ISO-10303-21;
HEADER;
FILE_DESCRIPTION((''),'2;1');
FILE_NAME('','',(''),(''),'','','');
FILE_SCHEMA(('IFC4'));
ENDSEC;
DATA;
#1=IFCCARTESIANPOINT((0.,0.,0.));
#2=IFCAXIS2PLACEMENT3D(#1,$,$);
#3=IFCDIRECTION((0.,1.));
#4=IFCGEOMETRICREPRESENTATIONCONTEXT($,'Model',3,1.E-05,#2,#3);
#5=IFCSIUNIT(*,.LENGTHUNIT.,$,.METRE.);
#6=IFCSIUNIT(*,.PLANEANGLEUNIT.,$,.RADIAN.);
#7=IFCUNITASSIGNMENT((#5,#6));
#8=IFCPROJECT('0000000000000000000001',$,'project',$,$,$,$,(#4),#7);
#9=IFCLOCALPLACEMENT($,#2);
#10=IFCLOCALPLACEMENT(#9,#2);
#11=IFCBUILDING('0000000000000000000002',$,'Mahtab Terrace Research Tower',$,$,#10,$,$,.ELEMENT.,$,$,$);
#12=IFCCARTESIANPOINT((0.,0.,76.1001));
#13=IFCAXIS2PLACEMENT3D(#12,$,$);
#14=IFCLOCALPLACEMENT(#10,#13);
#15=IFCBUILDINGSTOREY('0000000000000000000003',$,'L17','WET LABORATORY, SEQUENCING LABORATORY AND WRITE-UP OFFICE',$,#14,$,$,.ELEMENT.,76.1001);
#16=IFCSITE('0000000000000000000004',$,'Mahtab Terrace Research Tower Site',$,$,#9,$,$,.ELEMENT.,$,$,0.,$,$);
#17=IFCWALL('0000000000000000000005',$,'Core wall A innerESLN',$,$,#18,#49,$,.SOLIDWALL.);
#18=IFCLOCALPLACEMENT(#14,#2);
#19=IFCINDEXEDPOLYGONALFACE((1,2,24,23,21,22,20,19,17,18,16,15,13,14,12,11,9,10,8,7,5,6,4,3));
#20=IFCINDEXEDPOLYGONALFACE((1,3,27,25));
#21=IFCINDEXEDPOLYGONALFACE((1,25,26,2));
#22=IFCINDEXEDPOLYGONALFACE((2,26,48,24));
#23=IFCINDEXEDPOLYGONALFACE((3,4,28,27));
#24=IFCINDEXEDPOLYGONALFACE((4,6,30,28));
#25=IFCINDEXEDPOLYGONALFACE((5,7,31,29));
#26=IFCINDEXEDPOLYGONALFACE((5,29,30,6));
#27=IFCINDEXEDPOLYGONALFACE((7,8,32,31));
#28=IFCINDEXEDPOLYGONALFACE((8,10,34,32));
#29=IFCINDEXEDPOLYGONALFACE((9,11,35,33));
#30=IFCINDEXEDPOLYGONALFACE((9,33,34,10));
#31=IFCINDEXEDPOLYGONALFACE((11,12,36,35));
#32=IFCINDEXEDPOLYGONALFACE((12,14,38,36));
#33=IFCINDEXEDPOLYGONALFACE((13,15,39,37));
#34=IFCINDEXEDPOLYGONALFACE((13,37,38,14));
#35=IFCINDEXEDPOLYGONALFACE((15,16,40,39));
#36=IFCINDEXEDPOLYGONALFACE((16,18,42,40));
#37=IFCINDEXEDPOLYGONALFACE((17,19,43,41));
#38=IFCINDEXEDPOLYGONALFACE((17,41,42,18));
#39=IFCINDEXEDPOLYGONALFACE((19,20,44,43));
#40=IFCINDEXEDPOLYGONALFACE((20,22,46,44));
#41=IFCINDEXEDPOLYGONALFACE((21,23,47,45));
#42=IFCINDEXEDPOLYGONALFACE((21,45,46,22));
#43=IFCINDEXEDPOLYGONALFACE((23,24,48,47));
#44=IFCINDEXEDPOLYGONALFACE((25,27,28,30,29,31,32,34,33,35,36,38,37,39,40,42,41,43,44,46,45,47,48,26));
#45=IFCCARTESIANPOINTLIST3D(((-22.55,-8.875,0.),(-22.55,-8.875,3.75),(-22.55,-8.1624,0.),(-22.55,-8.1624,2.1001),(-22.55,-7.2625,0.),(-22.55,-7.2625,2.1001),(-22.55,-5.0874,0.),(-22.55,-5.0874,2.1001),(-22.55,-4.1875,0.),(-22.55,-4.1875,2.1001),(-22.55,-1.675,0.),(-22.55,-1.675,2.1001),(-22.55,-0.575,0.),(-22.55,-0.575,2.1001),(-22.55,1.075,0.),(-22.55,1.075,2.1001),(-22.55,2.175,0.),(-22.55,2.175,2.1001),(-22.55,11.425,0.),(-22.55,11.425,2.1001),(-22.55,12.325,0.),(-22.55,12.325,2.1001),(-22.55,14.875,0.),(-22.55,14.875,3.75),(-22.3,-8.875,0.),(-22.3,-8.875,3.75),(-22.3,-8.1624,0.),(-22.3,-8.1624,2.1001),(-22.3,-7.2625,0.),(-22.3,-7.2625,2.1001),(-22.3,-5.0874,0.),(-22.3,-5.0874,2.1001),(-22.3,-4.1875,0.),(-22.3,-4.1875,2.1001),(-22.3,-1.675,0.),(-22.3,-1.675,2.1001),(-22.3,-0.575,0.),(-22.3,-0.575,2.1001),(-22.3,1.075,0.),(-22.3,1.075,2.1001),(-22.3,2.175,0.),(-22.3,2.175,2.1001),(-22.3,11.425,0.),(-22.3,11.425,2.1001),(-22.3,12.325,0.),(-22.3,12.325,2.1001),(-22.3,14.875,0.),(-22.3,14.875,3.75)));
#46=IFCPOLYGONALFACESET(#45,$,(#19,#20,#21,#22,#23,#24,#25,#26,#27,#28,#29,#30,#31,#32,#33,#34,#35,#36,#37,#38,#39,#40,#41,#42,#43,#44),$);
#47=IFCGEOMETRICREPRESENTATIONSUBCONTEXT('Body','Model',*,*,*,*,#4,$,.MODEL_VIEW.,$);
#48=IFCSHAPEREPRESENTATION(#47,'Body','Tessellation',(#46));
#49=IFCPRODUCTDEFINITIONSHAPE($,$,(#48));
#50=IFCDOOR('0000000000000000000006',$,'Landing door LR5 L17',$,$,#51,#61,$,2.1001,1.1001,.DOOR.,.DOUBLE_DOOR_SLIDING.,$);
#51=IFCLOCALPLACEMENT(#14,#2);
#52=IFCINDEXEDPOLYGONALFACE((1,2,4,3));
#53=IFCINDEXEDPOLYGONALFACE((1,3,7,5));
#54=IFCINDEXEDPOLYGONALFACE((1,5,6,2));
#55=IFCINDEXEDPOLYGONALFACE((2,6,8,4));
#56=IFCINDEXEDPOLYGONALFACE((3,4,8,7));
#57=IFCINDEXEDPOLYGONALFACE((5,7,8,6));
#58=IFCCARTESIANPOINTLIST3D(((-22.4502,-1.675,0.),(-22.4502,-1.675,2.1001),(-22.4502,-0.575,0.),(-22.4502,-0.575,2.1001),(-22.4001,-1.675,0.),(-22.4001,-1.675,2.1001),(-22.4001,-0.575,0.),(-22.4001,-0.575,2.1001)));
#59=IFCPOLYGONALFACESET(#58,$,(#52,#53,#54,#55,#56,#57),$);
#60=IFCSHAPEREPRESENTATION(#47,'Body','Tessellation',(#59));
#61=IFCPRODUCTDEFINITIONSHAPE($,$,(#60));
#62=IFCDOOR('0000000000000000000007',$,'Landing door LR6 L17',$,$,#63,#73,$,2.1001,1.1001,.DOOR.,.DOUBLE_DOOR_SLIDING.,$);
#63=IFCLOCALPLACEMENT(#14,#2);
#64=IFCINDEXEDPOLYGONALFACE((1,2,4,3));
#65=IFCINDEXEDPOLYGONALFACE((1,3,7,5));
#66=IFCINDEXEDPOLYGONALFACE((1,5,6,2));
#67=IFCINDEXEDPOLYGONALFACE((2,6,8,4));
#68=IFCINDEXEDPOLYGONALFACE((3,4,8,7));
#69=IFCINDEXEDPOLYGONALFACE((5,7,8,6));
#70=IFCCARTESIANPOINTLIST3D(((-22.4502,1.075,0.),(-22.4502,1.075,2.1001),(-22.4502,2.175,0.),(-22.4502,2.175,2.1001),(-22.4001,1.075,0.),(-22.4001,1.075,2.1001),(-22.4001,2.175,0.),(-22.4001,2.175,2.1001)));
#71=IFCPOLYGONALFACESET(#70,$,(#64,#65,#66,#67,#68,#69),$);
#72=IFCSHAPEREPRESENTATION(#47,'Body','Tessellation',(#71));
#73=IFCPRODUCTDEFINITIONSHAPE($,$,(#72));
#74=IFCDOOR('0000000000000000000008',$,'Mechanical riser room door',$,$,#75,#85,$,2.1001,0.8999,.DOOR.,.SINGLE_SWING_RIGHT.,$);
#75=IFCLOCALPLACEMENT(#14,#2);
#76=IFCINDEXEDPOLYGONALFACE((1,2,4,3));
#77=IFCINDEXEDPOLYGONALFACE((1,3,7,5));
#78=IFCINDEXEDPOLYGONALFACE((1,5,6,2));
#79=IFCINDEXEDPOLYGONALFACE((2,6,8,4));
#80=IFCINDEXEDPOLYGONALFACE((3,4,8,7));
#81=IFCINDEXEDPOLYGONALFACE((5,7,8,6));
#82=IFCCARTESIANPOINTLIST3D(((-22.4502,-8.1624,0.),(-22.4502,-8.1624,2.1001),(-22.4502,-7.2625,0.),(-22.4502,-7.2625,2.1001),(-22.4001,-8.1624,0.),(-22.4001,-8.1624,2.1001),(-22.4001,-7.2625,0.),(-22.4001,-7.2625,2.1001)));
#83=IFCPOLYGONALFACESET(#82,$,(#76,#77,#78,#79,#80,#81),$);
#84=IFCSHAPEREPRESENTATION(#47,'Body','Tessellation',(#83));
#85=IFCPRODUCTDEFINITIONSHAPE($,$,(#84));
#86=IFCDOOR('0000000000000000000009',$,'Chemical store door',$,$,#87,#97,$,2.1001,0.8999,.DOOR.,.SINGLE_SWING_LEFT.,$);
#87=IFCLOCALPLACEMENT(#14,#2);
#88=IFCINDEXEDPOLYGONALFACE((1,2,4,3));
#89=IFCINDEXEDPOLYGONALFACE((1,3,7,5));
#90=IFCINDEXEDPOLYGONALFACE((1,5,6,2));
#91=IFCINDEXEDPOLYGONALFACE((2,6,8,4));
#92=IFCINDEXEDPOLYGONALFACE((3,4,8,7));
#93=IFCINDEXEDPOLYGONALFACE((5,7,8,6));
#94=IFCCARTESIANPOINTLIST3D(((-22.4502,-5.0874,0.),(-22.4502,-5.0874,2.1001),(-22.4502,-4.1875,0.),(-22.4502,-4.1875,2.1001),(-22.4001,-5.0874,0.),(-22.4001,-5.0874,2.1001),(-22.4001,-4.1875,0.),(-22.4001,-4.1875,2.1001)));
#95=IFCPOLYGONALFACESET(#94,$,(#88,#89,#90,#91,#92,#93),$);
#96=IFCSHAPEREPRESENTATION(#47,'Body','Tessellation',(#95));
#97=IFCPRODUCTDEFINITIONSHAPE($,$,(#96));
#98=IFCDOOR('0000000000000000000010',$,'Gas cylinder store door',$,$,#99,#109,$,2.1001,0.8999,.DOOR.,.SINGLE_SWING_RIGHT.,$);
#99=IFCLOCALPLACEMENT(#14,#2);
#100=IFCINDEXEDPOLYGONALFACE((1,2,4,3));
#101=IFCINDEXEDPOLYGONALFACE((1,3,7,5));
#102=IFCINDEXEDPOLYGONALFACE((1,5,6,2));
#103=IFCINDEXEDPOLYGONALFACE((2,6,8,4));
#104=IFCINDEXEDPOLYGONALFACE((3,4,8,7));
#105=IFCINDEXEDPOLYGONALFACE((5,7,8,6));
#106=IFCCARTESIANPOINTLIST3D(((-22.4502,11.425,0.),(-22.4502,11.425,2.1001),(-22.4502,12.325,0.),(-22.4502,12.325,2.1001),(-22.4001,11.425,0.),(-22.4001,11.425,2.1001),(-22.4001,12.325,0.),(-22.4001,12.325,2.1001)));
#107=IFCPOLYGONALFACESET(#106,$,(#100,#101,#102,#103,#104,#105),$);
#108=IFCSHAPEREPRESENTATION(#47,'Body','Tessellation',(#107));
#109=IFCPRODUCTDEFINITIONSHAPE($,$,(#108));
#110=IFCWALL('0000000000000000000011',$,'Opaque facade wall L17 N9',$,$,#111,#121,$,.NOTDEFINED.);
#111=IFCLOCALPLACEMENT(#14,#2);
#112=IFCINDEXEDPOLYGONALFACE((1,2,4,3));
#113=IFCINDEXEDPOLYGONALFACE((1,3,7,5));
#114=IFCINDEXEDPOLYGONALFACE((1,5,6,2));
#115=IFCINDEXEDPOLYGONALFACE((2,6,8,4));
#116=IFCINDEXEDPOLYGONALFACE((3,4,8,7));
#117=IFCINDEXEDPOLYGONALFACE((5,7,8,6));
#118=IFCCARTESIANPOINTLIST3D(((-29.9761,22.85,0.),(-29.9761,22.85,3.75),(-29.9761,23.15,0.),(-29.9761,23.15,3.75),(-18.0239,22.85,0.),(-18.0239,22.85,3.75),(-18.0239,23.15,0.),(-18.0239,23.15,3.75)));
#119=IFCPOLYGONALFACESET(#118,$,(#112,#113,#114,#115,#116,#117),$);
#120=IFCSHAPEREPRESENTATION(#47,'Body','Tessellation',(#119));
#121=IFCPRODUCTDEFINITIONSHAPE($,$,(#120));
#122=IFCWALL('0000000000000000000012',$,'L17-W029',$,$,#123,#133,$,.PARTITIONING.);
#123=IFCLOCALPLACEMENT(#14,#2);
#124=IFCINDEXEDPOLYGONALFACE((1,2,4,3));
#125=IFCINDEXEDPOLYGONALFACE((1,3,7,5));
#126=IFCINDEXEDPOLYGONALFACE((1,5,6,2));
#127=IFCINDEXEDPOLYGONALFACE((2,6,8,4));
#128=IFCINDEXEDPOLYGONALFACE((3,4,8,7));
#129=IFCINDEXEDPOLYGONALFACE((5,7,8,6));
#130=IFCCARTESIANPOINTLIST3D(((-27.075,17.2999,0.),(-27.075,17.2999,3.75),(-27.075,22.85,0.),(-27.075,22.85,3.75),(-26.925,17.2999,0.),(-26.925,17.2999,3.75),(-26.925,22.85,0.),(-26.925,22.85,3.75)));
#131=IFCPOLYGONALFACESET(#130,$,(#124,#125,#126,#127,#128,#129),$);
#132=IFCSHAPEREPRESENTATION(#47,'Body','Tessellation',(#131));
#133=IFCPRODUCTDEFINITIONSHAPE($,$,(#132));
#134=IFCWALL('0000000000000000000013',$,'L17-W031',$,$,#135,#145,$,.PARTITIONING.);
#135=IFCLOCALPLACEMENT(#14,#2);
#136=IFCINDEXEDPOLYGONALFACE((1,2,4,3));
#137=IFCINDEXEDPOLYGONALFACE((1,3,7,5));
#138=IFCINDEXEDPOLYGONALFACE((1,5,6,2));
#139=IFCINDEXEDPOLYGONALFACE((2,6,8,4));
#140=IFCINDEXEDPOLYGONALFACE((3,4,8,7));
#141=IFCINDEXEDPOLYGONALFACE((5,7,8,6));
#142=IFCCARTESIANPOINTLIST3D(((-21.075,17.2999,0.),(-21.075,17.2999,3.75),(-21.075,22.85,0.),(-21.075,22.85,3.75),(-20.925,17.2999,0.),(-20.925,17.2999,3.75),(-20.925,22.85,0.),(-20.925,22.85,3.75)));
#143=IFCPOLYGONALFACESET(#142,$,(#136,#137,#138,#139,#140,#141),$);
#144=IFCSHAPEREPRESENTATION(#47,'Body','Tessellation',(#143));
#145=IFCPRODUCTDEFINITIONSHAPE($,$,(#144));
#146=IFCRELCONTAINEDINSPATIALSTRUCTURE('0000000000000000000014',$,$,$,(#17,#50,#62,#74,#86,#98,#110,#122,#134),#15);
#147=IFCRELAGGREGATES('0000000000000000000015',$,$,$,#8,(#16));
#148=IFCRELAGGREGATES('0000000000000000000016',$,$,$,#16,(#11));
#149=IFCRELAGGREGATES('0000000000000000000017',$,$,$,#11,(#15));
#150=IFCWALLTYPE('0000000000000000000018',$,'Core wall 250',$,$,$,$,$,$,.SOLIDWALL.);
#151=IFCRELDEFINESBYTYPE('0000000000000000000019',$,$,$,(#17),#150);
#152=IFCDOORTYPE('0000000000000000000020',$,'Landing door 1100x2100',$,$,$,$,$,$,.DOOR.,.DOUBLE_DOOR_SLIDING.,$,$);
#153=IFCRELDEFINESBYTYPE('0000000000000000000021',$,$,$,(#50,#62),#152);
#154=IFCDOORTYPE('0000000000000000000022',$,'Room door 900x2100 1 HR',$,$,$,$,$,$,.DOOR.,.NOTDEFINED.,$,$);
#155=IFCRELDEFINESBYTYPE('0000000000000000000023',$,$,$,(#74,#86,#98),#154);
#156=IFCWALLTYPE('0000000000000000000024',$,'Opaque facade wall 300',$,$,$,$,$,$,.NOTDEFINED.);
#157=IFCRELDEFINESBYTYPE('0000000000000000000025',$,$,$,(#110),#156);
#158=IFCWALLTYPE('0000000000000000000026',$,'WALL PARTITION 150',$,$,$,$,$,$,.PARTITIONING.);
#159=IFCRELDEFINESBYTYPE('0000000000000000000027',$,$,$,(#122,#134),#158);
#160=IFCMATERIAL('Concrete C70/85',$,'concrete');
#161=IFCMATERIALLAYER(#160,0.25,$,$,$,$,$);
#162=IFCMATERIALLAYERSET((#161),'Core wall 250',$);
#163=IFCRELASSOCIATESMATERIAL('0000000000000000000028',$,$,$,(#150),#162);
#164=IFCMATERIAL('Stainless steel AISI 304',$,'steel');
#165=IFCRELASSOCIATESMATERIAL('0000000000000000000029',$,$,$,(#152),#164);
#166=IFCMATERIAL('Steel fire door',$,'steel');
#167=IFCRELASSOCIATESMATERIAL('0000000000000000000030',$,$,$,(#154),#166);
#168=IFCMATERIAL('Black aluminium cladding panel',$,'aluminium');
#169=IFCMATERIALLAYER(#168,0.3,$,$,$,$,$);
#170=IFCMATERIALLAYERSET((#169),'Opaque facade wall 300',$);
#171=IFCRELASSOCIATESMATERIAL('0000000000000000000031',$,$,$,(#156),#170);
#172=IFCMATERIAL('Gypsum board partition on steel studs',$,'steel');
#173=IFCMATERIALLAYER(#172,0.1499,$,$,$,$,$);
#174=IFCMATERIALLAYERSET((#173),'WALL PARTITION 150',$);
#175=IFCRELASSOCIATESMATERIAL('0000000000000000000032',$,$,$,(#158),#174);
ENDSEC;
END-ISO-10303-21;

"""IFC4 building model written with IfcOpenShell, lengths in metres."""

from ifc_helpers import new_model, si_unit, direction, frame, frame_2d, origin, place, context, subcontext, project, spatial, rectangle, extrude, material, layer, layer_set, type_object, element, fill, save


model = new_model("IFC4")

# Units and contexts
model_context = context("Model", 3, precision=1e-05, world=origin(), true_north=direction((0.0, 1.0)))
body_context = subcontext(model_context, "Body", "Model", "MODEL_VIEW")
ifc_project = project(units=[si_unit("LENGTHUNIT", "METRE"), si_unit("PLANEANGLEUNIT", "RADIAN")], contexts=[model_context])

# Site, building, storey
site_placement = place(None, origin())
site = spatial("IfcSite", under=ifc_project, at=site_placement, Name="Mahtab Terrace Research Tower Site", CompositionType="ELEMENT", RefElevation=0.0)
building_placement = place(site_placement, origin())
building = spatial("IfcBuilding", under=site, at=building_placement, Name="Mahtab Terrace Research Tower", CompositionType="ELEMENT")
storey_placement = place(building_placement, frame((0.0, 0.0, 76.1001)))
storey = spatial("IfcBuildingStorey", under=building, at=storey_placement, Name="L17", Description="WET LABORATORY, SEQUENCING LABORATORY AND WRITE-UP OFFICE", CompositionType="ELEMENT", Elevation=76.1001)

# Shared definitions
ifc_material_1 = material(Name="Concrete C70/85", Category="concrete")
ifc_layer_1 = layer(ifc_material_1, 0.25)
ifc_layer_set_1 = layer_set([ifc_layer_1], Name="Core wall 250")
wall_type_1 = type_object("IfcWallType", Name="Core wall 250", PredefinedType="SOLIDWALL", material=ifc_layer_set_1)

# Shared definitions
ifc_material_2 = material(Name="Steel fire door", Category="steel")

# Wall, openings, doors
wall_1_placement = place(storey_placement, frame((-22.425, 14.875, 0.0), z_axis=(0.0, 0.0, 1.0), x_axis=(0.0, -1.0, 0.0)))
wall_1 = element("IfcWall", 1, at=wall_1_placement, inside=storey, type_object=wall_type_1, Name="Core wall A innerESLN", PredefinedType="SOLIDWALL", context=body_context, shape_type="SweptSolid", body=[
    extrude(rectangle(XDim=23.75, YDim=0.25, at=frame_2d((11.875, 0.0))), origin(), (0.0, 0.0, 1.0), 3.75),
])
opening_1_placement = place(wall_1_placement, frame((15.45, 0.0, 0.0)))
opening_1 = element("IfcOpeningElement", 2, at=opening_1_placement, cuts=wall_1, PredefinedType="OPENING", context=body_context, shape_type="SweptSolid", body=[
    extrude(rectangle(XDim=1.1001, YDim=2.1001, at=frame_2d((0.55, 1.05))), frame((0.0, 0.135, 0.0), z_axis=(0.0, -1.0, 0.0), x_axis=(1.0, 0.0, 0.0)), (0.0, 0.0, 1.0), 0.27),
])
opening_2_placement = place(wall_1_placement, frame((12.7, 0.0, 0.0)))
opening_2 = element("IfcOpeningElement", 3, at=opening_2_placement, cuts=wall_1, PredefinedType="OPENING", context=body_context, shape_type="SweptSolid", body=[
    extrude(rectangle(XDim=1.1001, YDim=2.1001, at=frame_2d((0.55, 1.05))), frame((0.0, 0.135, 0.0), z_axis=(0.0, -1.0, 0.0), x_axis=(1.0, 0.0, 0.0)), (0.0, 0.0, 1.0), 0.27),
])
opening_3_placement = place(wall_1_placement, frame((22.1375, 0.0, 0.0)))
opening_3 = element("IfcOpeningElement", 4, at=opening_3_placement, cuts=wall_1, PredefinedType="OPENING", context=body_context, shape_type="SweptSolid", body=[
    extrude(rectangle(XDim=0.8999, YDim=2.1001, at=frame_2d((0.45, 1.05))), frame((0.0, 0.135, 0.0), z_axis=(0.0, -1.0, 0.0), x_axis=(1.0, 0.0, 0.0)), (0.0, 0.0, 1.0), 0.27),
])
opening_4_placement = place(wall_1_placement, frame((19.0625, 0.0, 0.0)))
opening_4 = element("IfcOpeningElement", 5, at=opening_4_placement, cuts=wall_1, PredefinedType="OPENING", context=body_context, shape_type="SweptSolid", body=[
    extrude(rectangle(XDim=0.8999, YDim=2.1001, at=frame_2d((0.45, 1.05))), frame((0.0, 0.135, 0.0), z_axis=(0.0, -1.0, 0.0), x_axis=(1.0, 0.0, 0.0)), (0.0, 0.0, 1.0), 0.27),
])
opening_5_placement = place(wall_1_placement, frame((2.55, 0.0, 0.0)))
opening_5 = element("IfcOpeningElement", 6, at=opening_5_placement, cuts=wall_1, PredefinedType="OPENING", context=body_context, shape_type="SweptSolid", body=[
    extrude(rectangle(XDim=0.8999, YDim=2.1001, at=frame_2d((0.45, 1.05))), frame((0.0, 0.135, 0.0), z_axis=(0.0, -1.0, 0.0), x_axis=(1.0, 0.0, 0.0)), (0.0, 0.0, 1.0), 0.27),
])
ifc_material_3 = material(Name="Stainless steel AISI 304", Category="steel")
door_type_1 = type_object("IfcDoorType", Name="Landing door 1100x2100", OperationType="DOUBLE_DOOR_SLIDING", PredefinedType="DOOR", material=ifc_material_3)
door_1_placement = place(opening_1_placement, origin())
door_1 = element("IfcDoor", 7, at=door_1_placement, inside=storey, type_object=door_type_1, Name="Landing door LR5 L17", OperationType="DOUBLE_DOOR_SLIDING", OverallHeight=2.1001, OverallWidth=1.1001, PredefinedType="DOOR", context=body_context, shape_type="SweptSolid", body=[
    extrude(rectangle(XDim=1.1001, YDim=2.1001, at=frame_2d((0.55, 1.05))), frame((0.0, 0.0249, 0.0), z_axis=(0.0, -1.0, 0.0), x_axis=(1.0, 0.0, 0.0)), (0.0, 0.0, 1.0), 0.05),
])
fill(opening_1, door_1)
door_2_placement = place(opening_2_placement, origin())
door_2 = element("IfcDoor", 8, at=door_2_placement, inside=storey, type_object=door_type_1, Name="Landing door LR6 L17", OperationType="DOUBLE_DOOR_SLIDING", OverallHeight=2.1001, OverallWidth=1.1001, PredefinedType="DOOR", context=body_context, shape_type="SweptSolid", body=[
    extrude(rectangle(XDim=1.1001, YDim=2.1001, at=frame_2d((0.55, 1.05))), frame((0.0, 0.0249, 0.0), z_axis=(0.0, -1.0, 0.0), x_axis=(1.0, 0.0, 0.0)), (0.0, 0.0, 1.0), 0.05),
])
fill(opening_2, door_2)
door_type_2 = type_object("IfcDoorType", Name="Room door 900x2100 1 HR", OperationType="NOTDEFINED", PredefinedType="DOOR", material=ifc_material_2)
door_3_placement = place(opening_3_placement, origin())
door_3 = element("IfcDoor", 9, at=door_3_placement, inside=storey, type_object=door_type_2, Name="Mechanical riser room door", OperationType="SINGLE_SWING_RIGHT", OverallHeight=2.1001, OverallWidth=0.8999, PredefinedType="DOOR", context=body_context, shape_type="SweptSolid", body=[
    extrude(rectangle(XDim=0.8999, YDim=2.1001, at=frame_2d((0.45, 1.05))), frame((0.0, 0.0249, 0.0), z_axis=(0.0, -1.0, 0.0), x_axis=(1.0, 0.0, 0.0)), (0.0, 0.0, 1.0), 0.05),
])
fill(opening_3, door_3)
door_4_placement = place(opening_4_placement, origin())
door_4 = element("IfcDoor", 10, at=door_4_placement, inside=storey, type_object=door_type_2, Name="Chemical store door", OperationType="SINGLE_SWING_LEFT", OverallHeight=2.1001, OverallWidth=0.8999, PredefinedType="DOOR", context=body_context, shape_type="SweptSolid", body=[
    extrude(rectangle(XDim=0.8999, YDim=2.1001, at=frame_2d((0.45, 1.05))), frame((0.0, 0.0249, 0.0), z_axis=(0.0, -1.0, 0.0), x_axis=(1.0, 0.0, 0.0)), (0.0, 0.0, 1.0), 0.05),
])
fill(opening_4, door_4)
door_5_placement = place(opening_5_placement, origin())
door_5 = element("IfcDoor", 11, at=door_5_placement, inside=storey, type_object=door_type_2, Name="Gas cylinder store door", OperationType="SINGLE_SWING_RIGHT", OverallHeight=2.1001, OverallWidth=0.8999, PredefinedType="DOOR", context=body_context, shape_type="SweptSolid", body=[
    extrude(rectangle(XDim=0.8999, YDim=2.1001, at=frame_2d((0.45, 1.05))), frame((0.0, 0.0249, 0.0), z_axis=(0.0, -1.0, 0.0), x_axis=(1.0, 0.0, 0.0)), (0.0, 0.0, 1.0), 0.05),
])
fill(opening_5, door_5)

# Walls
ifc_material_4 = material(Name="Black aluminium cladding panel", Category="aluminium")
ifc_layer_2 = layer(ifc_material_4, 0.3)
ifc_layer_set_2 = layer_set([ifc_layer_2], Name="Opaque facade wall 300")
wall_type_2 = type_object("IfcWallType", Name="Opaque facade wall 300", PredefinedType="NOTDEFINED", material=ifc_layer_set_2)
wall_2_placement = place(storey_placement, frame((-18.0239, 23.0, 0.0), z_axis=(0.0, 0.0, 1.0), x_axis=(-1.0, 0.0, 0.0)))
element("IfcWall", 12, at=wall_2_placement, inside=storey, type_object=wall_type_2, Name="Opaque facade wall L17 N9", PredefinedType="NOTDEFINED", context=body_context, shape_type="SweptSolid", body=[
    extrude(rectangle(XDim=11.9521, YDim=0.3, at=frame_2d((5.9761, 0.0))), origin(), (0.0, 0.0, 1.0), 3.75),
])
ifc_material_5 = material(Name="Gypsum board partition on steel studs", Category="steel")
ifc_layer_3 = layer(ifc_material_5, 0.1499)
ifc_layer_set_3 = layer_set([ifc_layer_3], Name="WALL PARTITION 150")
wall_type_3 = type_object("IfcWallType", Name="WALL PARTITION 150", PredefinedType="PARTITIONING", material=ifc_layer_set_3)
for number, where, z_axis, x_axis, name in (
    (13, (-27.0, 17.3, 0.0), (0.0, 0.0, 1.0), (0.0, 1.0, 0.0), "L17-W029"),
    (14, (-21.0, 17.3, 0.0), (0.0, 0.0, 1.0), (0.0, 1.0, 0.0), "L17-W031"),
):
    element("IfcWall", number, at=place(storey_placement, frame(where, z_axis=z_axis, x_axis=x_axis)), inside=storey, type_object=wall_type_3, Name=name, PredefinedType="PARTITIONING", context=body_context, shape_type="SweptSolid", body=[
        extrude(rectangle(XDim=5.55, YDim=0.1499, at=frame_2d((2.7749, 0.0))), origin(), (0.0, 0.0, 1.0), 3.75),
    ])

save(model, "model.ifc")
